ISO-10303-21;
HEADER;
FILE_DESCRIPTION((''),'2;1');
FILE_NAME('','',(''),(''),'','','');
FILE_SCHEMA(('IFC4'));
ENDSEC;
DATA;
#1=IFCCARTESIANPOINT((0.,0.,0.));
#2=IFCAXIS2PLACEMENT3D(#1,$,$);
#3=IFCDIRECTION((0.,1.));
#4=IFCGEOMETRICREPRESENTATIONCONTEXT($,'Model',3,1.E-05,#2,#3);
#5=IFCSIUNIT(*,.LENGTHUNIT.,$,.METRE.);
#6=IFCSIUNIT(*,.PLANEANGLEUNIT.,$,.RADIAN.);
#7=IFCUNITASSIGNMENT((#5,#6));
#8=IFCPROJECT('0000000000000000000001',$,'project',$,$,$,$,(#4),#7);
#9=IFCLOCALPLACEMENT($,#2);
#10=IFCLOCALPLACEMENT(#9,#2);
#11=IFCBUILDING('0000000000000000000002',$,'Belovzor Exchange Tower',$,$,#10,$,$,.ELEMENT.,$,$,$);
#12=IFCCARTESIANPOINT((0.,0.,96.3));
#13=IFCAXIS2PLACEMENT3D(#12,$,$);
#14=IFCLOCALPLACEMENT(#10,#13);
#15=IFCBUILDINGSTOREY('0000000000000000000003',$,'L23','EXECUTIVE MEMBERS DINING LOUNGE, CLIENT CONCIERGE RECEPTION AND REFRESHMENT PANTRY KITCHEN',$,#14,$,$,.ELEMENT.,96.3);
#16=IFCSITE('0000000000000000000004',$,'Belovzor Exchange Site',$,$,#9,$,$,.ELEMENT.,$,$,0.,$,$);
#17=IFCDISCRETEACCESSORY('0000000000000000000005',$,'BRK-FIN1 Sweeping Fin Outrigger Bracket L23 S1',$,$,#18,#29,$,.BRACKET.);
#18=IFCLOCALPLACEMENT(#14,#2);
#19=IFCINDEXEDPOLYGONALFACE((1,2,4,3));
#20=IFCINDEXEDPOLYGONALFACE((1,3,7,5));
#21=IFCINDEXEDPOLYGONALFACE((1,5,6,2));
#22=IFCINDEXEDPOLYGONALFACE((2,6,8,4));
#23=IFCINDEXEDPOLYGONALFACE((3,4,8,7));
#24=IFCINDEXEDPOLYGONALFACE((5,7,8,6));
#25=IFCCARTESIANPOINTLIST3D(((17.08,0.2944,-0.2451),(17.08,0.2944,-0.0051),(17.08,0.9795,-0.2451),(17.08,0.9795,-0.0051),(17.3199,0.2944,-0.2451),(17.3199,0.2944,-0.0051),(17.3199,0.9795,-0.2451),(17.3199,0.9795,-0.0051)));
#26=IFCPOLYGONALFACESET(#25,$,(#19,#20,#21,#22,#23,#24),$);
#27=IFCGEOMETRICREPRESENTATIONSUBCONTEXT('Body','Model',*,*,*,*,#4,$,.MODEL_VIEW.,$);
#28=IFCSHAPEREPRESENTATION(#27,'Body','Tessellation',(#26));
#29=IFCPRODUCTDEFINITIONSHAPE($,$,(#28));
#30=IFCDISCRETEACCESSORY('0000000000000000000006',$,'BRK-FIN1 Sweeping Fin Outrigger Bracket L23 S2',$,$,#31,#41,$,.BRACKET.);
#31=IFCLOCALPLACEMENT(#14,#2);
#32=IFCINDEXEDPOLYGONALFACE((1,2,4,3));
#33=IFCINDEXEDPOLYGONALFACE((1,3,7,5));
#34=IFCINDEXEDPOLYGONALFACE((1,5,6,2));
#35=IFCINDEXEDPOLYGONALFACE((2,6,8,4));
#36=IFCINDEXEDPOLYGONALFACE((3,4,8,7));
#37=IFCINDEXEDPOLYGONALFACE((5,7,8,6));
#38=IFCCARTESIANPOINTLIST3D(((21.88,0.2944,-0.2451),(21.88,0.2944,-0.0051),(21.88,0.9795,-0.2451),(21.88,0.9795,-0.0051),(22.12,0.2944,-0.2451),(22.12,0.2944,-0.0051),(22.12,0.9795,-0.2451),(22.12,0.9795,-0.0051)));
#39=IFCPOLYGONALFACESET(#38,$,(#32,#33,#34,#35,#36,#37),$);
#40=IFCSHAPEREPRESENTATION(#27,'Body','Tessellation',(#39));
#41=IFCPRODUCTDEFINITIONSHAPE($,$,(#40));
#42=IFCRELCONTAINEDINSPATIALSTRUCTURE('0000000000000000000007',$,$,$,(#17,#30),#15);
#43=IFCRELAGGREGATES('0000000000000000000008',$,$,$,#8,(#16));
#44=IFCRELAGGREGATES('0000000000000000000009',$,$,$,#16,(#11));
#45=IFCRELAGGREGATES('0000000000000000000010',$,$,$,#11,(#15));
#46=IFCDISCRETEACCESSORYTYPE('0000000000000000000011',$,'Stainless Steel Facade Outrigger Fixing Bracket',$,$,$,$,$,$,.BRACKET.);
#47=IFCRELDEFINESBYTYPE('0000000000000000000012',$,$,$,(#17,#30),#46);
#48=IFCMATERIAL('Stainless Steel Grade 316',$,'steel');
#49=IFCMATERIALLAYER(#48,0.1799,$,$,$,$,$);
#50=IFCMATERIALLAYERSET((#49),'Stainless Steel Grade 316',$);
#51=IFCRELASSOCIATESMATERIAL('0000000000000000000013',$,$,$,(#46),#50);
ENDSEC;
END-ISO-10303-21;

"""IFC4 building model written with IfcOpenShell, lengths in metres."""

from ifc_helpers import new_model, si_unit, direction, frame, origin, origin_2d, place, context, subcontext, project, spatial, rectangle, extrude, material, layer, layer_set, type_object, element, save


model = new_model("IFC4")

# Units and contexts
model_context = context("Model", 3, precision=1e-05, world=origin(), true_north=direction((0.0, 1.0)))
body_context = subcontext(model_context, "Body", "Model", "MODEL_VIEW")
ifc_project = project(units=[si_unit("LENGTHUNIT", "METRE"), si_unit("PLANEANGLEUNIT", "RADIAN")], contexts=[model_context])

# Site, building, storey
site_placement = place(None, origin())
site = spatial("IfcSite", under=ifc_project, at=site_placement, Name="Belovzor Exchange Site", CompositionType="ELEMENT", RefElevation=0.0)
building_placement = place(site_placement, origin())
building = spatial("IfcBuilding", under=site, at=building_placement, Name="Belovzor Exchange Tower", CompositionType="ELEMENT")
storey_placement = place(building_placement, frame((0.0, 0.0, 96.3)))
storey = spatial("IfcBuildingStorey", under=building, at=storey_placement, Name="L23", Description="EXECUTIVE MEMBERS DINING LOUNGE, CLIENT CONCIERGE RECEPTION AND REFRESHMENT PANTRY KITCHEN", CompositionType="ELEMENT", Elevation=96.3)

# Discrete accessories
ifc_material_1 = material(Name="Stainless Steel Grade 316", Category="steel")
ifc_layer_1 = layer(ifc_material_1, 0.1799)
ifc_layer_set_1 = layer_set([ifc_layer_1], Name="Stainless Steel Grade 316")
discrete_accessory_type = type_object("IfcDiscreteAccessoryType", Name="Stainless Steel Facade Outrigger Fixing Bracket", PredefinedType="BRACKET", material=ifc_layer_set_1)
for number, where, z_axis, x_axis, name in (
    (1, (17.2, 0.637, -0.2451), (0.0, 0.0, 1.0), (0.0, 1.0, 0.0), "BRK-FIN1 Sweeping Fin Outrigger Bracket L23 S1"),
    (2, (22.0, 0.637, -0.2451), (0.0, 0.0, 1.0), (0.0, 1.0, 0.0), "BRK-FIN1 Sweeping Fin Outrigger Bracket L23 S2"),
):
    element("IfcDiscreteAccessory", number, at=place(storey_placement, frame(where, z_axis=z_axis, x_axis=x_axis)), inside=storey, type_object=discrete_accessory_type, Name=name, PredefinedType="BRACKET", context=body_context, shape_type="SweptSolid", body=[
        extrude(rectangle(XDim=0.6851, YDim=0.24, at=origin_2d()), origin(), (0.0, 0.0, 1.0), 0.24),
    ])

save(model, "model.ifc")
